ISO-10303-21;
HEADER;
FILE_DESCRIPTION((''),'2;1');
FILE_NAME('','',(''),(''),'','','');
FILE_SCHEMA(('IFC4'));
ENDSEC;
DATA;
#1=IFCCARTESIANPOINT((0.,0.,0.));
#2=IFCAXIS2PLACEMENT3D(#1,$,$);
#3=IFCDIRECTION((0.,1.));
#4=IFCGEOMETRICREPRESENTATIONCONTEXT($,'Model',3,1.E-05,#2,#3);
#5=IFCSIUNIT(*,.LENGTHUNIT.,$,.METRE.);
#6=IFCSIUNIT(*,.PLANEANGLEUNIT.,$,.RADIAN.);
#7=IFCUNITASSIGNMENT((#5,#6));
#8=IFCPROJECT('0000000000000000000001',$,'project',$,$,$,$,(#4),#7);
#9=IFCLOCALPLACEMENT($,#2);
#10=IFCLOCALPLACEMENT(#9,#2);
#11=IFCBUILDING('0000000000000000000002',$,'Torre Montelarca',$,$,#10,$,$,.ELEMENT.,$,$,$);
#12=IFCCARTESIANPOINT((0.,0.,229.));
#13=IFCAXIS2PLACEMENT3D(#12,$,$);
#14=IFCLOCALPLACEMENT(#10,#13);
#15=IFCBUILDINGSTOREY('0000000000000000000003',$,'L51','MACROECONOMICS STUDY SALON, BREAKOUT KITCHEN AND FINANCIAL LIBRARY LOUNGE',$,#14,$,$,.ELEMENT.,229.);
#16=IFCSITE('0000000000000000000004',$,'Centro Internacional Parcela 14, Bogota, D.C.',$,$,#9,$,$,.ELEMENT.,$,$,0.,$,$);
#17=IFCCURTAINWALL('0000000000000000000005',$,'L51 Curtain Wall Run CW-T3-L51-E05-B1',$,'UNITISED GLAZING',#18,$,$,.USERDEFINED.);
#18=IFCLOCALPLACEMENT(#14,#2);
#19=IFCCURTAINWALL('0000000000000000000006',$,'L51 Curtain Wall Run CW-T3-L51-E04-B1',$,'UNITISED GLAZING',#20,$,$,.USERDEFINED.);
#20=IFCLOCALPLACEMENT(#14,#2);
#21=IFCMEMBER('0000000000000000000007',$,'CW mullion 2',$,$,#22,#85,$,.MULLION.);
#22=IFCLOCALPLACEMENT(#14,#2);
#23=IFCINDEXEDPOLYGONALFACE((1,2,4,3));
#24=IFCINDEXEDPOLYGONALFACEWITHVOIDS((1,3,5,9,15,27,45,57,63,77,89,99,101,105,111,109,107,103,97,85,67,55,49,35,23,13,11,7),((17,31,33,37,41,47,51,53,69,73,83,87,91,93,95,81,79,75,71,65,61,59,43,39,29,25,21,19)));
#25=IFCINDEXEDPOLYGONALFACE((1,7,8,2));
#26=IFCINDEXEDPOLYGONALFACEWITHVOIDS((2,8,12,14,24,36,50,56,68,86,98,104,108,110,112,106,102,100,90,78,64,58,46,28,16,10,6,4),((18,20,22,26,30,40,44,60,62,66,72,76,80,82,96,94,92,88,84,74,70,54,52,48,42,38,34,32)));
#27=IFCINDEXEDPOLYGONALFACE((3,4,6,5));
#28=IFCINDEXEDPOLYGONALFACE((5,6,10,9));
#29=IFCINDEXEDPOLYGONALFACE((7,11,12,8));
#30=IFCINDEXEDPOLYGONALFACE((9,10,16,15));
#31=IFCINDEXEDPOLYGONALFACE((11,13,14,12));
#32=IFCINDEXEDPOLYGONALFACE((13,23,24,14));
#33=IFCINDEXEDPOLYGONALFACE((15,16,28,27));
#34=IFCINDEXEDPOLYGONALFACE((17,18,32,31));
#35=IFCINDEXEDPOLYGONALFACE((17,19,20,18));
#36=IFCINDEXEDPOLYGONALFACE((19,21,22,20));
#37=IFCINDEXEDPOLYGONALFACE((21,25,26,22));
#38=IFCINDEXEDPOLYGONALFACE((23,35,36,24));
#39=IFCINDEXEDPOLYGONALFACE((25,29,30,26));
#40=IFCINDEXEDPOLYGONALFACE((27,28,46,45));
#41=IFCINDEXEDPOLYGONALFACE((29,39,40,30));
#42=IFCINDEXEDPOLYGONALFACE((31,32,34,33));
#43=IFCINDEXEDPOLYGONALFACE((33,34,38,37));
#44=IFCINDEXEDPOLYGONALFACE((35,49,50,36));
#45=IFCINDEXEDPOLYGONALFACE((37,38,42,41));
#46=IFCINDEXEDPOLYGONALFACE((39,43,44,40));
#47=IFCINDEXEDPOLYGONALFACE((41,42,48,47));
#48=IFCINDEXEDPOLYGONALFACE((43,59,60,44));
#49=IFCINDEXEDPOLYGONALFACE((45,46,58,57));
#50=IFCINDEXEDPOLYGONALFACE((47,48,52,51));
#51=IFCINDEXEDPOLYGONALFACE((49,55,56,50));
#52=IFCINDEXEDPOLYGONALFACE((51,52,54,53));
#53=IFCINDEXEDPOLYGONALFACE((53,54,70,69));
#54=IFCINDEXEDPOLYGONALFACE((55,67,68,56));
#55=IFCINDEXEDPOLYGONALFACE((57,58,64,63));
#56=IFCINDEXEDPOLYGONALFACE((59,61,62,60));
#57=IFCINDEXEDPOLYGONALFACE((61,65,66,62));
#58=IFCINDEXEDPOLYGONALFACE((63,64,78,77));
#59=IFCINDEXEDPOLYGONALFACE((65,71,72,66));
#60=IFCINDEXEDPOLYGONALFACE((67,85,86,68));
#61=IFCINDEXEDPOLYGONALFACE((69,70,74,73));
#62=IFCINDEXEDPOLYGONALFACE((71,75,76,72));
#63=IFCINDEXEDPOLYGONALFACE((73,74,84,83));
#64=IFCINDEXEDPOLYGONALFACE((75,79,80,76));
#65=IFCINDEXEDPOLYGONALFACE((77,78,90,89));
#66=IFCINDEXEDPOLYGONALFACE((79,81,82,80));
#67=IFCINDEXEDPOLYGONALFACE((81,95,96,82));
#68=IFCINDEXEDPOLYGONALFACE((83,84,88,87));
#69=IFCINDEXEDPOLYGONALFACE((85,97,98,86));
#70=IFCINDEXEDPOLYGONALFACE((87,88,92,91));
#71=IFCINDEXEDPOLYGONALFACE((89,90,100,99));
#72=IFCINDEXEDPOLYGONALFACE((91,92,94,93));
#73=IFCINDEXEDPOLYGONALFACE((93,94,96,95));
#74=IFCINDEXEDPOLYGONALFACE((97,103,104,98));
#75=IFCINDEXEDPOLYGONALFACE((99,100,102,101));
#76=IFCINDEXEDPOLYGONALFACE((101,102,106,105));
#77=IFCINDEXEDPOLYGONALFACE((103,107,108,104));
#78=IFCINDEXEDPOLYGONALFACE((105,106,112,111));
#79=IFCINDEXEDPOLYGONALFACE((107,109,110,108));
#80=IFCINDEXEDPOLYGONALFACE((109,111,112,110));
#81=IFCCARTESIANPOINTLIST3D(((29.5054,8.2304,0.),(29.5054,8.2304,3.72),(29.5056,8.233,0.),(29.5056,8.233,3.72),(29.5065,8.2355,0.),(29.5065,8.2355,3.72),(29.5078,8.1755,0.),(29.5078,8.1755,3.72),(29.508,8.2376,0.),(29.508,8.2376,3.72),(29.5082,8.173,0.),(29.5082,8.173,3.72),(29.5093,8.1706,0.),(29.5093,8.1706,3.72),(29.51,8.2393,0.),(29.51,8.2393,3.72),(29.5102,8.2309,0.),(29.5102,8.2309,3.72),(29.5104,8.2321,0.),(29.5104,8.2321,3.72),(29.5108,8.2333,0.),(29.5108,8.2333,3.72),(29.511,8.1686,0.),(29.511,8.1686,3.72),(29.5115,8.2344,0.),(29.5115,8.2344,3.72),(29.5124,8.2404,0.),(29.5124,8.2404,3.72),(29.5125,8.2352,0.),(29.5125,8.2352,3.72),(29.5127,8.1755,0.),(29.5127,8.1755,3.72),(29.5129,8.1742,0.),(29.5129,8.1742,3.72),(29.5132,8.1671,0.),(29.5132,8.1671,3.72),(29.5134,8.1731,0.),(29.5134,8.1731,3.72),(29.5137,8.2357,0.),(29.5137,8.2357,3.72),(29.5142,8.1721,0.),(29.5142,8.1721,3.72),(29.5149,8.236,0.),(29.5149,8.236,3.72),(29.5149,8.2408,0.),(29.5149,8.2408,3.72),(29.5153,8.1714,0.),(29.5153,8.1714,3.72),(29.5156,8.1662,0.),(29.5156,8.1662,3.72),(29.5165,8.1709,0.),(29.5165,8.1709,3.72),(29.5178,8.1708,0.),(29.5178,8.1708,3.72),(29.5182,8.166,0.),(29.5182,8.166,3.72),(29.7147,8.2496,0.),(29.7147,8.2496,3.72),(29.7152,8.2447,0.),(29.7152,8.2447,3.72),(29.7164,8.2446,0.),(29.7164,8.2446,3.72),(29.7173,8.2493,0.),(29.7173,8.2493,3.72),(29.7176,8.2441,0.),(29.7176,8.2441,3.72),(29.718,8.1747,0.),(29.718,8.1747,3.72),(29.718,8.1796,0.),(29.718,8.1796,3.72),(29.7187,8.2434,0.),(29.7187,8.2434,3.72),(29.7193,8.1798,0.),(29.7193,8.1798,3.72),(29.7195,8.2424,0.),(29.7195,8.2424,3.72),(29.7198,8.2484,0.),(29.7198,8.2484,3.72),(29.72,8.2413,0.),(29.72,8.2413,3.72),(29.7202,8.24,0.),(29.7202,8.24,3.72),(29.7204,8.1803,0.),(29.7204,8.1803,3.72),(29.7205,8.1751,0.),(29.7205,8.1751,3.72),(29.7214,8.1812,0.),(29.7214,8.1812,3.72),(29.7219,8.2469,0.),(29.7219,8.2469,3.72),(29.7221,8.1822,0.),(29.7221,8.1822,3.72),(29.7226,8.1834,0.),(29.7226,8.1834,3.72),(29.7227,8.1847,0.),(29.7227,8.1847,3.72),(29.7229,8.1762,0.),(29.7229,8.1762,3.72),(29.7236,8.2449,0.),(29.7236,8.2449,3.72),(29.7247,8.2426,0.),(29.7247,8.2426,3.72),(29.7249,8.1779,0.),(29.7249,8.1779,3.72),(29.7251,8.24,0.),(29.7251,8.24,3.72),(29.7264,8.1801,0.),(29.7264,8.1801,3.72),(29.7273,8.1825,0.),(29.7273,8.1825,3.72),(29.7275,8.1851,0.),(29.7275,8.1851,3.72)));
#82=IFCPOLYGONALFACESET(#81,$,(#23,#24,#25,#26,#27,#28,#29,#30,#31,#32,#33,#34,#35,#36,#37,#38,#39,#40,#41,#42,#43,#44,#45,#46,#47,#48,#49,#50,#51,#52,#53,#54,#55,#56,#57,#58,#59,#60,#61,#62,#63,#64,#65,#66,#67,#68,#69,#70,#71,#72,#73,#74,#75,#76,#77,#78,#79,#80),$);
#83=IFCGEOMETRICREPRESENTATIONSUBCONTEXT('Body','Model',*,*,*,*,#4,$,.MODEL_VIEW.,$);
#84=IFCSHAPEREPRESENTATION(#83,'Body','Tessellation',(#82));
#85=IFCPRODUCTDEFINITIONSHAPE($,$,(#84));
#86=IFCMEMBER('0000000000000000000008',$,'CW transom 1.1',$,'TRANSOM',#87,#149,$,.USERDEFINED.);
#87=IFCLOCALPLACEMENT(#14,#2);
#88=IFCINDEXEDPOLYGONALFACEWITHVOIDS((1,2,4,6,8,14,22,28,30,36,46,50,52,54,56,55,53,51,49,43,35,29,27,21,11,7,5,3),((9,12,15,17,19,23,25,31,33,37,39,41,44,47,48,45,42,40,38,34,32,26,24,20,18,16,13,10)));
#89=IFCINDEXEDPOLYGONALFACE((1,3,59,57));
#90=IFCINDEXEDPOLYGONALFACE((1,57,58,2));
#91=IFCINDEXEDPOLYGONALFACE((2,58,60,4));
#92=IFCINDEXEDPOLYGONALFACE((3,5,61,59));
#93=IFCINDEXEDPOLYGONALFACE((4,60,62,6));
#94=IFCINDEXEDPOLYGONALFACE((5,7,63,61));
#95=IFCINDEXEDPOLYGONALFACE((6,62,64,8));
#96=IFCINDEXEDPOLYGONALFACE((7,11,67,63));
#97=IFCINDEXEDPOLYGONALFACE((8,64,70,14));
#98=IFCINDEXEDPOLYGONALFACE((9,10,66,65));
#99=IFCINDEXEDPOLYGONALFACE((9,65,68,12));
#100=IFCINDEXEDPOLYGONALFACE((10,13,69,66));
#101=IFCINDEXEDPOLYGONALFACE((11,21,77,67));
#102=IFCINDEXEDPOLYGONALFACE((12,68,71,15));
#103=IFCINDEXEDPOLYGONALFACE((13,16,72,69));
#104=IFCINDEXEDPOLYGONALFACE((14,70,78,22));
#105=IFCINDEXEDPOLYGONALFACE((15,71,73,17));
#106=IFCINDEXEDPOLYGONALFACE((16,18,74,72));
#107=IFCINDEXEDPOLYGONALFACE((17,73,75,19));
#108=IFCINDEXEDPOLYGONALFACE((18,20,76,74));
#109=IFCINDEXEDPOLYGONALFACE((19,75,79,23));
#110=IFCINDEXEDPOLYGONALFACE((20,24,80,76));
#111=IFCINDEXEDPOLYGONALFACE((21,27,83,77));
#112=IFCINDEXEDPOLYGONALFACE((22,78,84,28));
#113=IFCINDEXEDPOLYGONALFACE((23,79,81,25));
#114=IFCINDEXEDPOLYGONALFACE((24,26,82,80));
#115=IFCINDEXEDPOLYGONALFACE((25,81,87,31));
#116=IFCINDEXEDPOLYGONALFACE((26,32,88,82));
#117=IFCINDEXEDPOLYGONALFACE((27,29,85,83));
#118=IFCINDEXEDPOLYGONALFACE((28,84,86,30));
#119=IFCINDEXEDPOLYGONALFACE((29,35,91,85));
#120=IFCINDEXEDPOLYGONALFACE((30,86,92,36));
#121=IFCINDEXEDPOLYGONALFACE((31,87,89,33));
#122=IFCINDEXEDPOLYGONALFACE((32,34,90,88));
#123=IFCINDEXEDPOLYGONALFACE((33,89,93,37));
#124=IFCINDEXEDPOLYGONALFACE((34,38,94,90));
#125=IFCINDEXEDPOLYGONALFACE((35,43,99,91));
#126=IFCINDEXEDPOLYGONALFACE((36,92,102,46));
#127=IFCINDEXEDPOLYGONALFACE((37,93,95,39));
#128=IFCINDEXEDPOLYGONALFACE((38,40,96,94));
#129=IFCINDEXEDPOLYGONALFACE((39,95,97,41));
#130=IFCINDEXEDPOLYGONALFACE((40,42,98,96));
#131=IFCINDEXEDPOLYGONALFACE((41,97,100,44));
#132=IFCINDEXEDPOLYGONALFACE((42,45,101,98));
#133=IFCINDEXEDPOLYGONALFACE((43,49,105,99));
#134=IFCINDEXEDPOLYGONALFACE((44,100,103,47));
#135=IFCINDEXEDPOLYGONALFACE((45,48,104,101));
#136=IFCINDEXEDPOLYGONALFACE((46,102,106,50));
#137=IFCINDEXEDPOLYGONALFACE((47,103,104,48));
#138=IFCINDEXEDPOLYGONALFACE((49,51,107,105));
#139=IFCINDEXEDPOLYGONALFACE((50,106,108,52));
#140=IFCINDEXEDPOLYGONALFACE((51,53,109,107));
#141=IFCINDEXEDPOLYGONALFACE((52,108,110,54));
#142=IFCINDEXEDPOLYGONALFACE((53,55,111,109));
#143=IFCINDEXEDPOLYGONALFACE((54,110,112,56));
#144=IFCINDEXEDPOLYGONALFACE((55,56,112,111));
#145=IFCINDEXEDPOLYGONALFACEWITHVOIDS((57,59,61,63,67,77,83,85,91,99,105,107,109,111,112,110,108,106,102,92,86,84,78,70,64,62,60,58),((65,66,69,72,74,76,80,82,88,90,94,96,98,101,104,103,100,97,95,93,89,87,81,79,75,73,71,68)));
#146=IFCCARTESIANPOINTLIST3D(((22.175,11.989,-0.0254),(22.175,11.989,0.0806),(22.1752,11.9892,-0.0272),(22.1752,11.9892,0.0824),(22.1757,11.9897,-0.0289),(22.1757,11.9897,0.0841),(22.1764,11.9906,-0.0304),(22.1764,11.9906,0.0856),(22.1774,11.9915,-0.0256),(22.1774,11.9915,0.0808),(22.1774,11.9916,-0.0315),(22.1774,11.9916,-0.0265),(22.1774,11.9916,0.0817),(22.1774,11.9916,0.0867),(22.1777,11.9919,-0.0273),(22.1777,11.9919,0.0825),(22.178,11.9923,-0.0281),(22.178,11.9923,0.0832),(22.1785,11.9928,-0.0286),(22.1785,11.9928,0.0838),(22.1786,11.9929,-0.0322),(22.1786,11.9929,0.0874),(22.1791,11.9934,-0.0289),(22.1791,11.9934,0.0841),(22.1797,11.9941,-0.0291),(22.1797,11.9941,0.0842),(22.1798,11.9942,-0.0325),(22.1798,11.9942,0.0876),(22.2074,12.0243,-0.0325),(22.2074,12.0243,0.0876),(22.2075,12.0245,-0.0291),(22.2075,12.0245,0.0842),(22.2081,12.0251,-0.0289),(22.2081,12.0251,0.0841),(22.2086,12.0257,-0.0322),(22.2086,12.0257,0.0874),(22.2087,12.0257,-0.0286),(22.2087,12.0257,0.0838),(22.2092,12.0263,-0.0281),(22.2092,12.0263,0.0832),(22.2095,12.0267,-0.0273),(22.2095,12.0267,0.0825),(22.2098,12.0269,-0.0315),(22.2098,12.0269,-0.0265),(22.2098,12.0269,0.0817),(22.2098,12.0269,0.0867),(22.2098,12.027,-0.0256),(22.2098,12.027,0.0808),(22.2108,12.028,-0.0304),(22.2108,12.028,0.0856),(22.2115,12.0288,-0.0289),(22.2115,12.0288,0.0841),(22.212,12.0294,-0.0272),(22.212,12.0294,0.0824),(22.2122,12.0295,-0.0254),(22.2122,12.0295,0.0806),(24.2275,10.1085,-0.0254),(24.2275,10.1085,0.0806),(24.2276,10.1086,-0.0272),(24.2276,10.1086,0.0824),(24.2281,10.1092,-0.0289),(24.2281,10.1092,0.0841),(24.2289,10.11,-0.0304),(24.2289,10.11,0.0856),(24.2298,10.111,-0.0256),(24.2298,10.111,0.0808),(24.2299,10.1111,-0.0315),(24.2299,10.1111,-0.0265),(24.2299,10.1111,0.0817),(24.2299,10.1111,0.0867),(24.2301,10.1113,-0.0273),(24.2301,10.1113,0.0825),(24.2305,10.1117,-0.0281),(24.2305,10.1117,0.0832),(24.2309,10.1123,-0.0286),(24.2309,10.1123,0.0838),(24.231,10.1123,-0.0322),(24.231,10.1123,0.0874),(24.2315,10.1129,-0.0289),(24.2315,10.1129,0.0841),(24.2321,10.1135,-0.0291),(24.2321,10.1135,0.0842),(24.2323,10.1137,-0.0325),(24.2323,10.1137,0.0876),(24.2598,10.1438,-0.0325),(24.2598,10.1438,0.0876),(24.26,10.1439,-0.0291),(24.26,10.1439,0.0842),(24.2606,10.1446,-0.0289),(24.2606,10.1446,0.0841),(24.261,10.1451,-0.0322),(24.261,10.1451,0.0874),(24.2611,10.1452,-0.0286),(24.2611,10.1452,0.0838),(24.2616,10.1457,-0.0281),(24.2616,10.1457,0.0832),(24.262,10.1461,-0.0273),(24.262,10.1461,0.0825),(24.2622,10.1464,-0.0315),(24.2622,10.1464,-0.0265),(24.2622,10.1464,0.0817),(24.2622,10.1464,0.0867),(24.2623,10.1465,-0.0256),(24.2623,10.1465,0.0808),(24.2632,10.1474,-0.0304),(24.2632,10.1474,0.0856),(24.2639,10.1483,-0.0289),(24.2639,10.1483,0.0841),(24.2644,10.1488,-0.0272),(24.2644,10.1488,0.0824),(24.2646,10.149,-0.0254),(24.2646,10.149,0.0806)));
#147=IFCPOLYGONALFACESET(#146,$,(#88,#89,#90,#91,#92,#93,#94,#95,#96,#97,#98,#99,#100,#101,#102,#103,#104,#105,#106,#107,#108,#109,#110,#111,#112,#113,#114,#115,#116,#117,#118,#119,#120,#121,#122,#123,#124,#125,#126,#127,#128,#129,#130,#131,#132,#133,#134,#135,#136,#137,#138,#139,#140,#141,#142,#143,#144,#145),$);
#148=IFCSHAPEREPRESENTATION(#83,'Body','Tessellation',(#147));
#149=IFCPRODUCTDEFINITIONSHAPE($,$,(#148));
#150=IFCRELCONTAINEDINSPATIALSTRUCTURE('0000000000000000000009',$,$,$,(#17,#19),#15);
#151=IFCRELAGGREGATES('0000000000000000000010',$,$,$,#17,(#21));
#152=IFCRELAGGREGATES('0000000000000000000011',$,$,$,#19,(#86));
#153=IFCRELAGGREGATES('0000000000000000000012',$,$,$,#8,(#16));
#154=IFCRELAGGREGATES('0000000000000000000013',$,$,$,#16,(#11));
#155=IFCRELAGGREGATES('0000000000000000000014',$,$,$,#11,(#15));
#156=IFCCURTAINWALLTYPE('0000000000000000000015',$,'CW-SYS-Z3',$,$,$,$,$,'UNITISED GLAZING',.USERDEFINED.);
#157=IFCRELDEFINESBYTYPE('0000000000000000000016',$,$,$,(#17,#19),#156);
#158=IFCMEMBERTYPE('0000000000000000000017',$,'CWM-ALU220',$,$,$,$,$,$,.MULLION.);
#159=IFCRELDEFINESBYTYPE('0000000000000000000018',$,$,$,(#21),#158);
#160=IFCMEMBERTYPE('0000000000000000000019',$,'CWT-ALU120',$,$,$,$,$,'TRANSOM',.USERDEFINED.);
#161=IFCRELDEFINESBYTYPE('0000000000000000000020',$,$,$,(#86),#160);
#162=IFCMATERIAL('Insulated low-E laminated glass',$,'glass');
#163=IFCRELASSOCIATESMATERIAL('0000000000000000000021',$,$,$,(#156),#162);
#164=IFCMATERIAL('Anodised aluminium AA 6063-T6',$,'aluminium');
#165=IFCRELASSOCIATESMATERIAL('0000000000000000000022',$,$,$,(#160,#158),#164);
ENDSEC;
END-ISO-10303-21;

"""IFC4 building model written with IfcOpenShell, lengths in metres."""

from ifc_helpers import new_model, si_unit, direction, frame, origin, origin_2d, place, context, subcontext, project, spatial, hollow_rectangle, extrude, source, transform, mapped, material, material_profile, profile_set, type_object, element, aggregate, save


model = new_model("IFC4")

# Units and contexts
model_context = context("Model", 3, precision=1e-05, world=origin(), true_north=direction((0.0, 1.0)))
body_context = subcontext(model_context, "Body", "Model", "MODEL_VIEW")
ifc_project = project(units=[si_unit("LENGTHUNIT", "METRE"), si_unit("PLANEANGLEUNIT", "RADIAN")], contexts=[model_context])

# Site, building, storey
site_placement = place(None, origin())
site = spatial("IfcSite", under=ifc_project, at=site_placement, Name="Centro Internacional Parcela 14, Bogota, D.C.", CompositionType="ELEMENT", RefElevation=0.0)
building_placement = place(site_placement, origin())
building = spatial("IfcBuilding", under=site, at=building_placement, Name="Torre Montelarca", CompositionType="ELEMENT")
storey_placement = place(building_placement, frame((0.0, 0.0, 229.0)))
storey = spatial("IfcBuildingStorey", under=building, at=storey_placement, Name="L51", Description="MACROECONOMICS STUDY SALON, BREAKOUT KITCHEN AND FINANCIAL LIBRARY LOUNGE", CompositionType="ELEMENT", Elevation=229.0)

# Curtain wall
ifc_material_1 = material(Name="Insulated low-E laminated glass", Category="glass")
curtain_wall_type = type_object("IfcCurtainWallType", Name="CW-SYS-Z3", ElementType="UNITISED GLAZING", PredefinedType="USERDEFINED", material=ifc_material_1)
curtain_wall_1_placement = place(storey_placement, origin())
curtain_wall_1 = element("IfcCurtainWall", 1, at=curtain_wall_1_placement, inside=storey, type_object=curtain_wall_type, Name="L51 Curtain Wall Run CW-T3-L51-E05-B1", ObjectType="UNITISED GLAZING", PredefinedType="USERDEFINED")
ifc_material_2 = material(Name="Anodised aluminium AA 6063-T6", Category="aluminium")
ifc_material_profile_1 = material_profile(ifc_material_2, hollow_rectangle(XDim=0.0549, YDim=0.1201, WallThickness=0.0034, InnerFilletRadius=0.0034, OuterFilletRadius=0.0071, at=origin_2d()), Name="ALU55X120X3.5", Category="aluminium")
ifc_profile_set_1 = profile_set([ifc_material_profile_1], Name="Anodised aluminium AA 6063-T6")
member_type_1 = type_object("IfcMemberType", Name="CWT-ALU120", ElementType="TRANSOM", PredefinedType="USERDEFINED", material=ifc_profile_set_1)

# Shared definitions
ifc_material_profile_2 = material_profile(ifc_material_2, hollow_rectangle(XDim=0.075, YDim=0.22, WallThickness=0.0049, InnerFilletRadius=0.0049, OuterFilletRadius=0.01, at=origin_2d()), Name="ALU75X220X5", Category="aluminium")
ifc_profile_set_2 = profile_set([ifc_material_profile_2], Name="Anodised aluminium AA 6063-T6")
member_type_2 = type_object("IfcMemberType", Name="CWM-ALU220", PredefinedType="MULLION", material=ifc_profile_set_2)
shared_shape_1 = source(origin(), body_context, "Body", "SweptSolid", [
    extrude(hollow_rectangle(XDim=0.075, YDim=0.22, WallThickness=0.0049, InnerFilletRadius=0.0049, OuterFilletRadius=0.01, at=origin_2d()), origin(), (0.0, 0.0, 1.0), 3.72),
])

# Curtain wall
curtain_wall_2_placement = place(storey_placement, origin())
curtain_wall_2 = element("IfcCurtainWall", 2, at=curtain_wall_2_placement, inside=storey, type_object=curtain_wall_type, Name="L51 Curtain Wall Run CW-T3-L51-E04-B1", ObjectType="UNITISED GLAZING", PredefinedType="USERDEFINED")

# Members
member_1_placement = place(storey_placement, frame((29.6165, 8.2078, 0.0), z_axis=(0.0, 0.0, 1.0), x_axis=(-0.043616, 0.999048, 0.0)))
member_1 = element("IfcMember", 3, at=member_1_placement, type_object=member_type_2, Name="CW mullion 2", PredefinedType="MULLION", context=body_context, shape_type="MappedRepresentation", body=[
    mapped(shared_shape_1, transform((0.0, 0.0, 0.0), scale=1.0)),
])
shared_shape_2 = source(origin(), body_context, "Body", "SweptSolid", [
    extrude(hollow_rectangle(XDim=0.0549, YDim=0.1201, WallThickness=0.0034, InnerFilletRadius=0.0034, OuterFilletRadius=0.0071, at=origin_2d()), origin(), (0.0, 0.0, 1.0), 2.7837),
])
member_2_placement = place(storey_placement, frame((22.1936, 12.0093, 0.0276), z_axis=(0.737303, -0.675562, 0.0), x_axis=(0.675562, 0.737303, 0.0)))
member_2 = element("IfcMember", 4, at=member_2_placement, type_object=member_type_1, Name="CW transom 1.1", ObjectType="TRANSOM", PredefinedType="USERDEFINED", context=body_context, shape_type="MappedRepresentation", body=[
    mapped(shared_shape_2, transform((0.0, 0.0, 0.0), scale=1.0)),
])

aggregate(curtain_wall_1, [member_1])
aggregate(curtain_wall_2, [member_2])

save(model, "model.ifc")
